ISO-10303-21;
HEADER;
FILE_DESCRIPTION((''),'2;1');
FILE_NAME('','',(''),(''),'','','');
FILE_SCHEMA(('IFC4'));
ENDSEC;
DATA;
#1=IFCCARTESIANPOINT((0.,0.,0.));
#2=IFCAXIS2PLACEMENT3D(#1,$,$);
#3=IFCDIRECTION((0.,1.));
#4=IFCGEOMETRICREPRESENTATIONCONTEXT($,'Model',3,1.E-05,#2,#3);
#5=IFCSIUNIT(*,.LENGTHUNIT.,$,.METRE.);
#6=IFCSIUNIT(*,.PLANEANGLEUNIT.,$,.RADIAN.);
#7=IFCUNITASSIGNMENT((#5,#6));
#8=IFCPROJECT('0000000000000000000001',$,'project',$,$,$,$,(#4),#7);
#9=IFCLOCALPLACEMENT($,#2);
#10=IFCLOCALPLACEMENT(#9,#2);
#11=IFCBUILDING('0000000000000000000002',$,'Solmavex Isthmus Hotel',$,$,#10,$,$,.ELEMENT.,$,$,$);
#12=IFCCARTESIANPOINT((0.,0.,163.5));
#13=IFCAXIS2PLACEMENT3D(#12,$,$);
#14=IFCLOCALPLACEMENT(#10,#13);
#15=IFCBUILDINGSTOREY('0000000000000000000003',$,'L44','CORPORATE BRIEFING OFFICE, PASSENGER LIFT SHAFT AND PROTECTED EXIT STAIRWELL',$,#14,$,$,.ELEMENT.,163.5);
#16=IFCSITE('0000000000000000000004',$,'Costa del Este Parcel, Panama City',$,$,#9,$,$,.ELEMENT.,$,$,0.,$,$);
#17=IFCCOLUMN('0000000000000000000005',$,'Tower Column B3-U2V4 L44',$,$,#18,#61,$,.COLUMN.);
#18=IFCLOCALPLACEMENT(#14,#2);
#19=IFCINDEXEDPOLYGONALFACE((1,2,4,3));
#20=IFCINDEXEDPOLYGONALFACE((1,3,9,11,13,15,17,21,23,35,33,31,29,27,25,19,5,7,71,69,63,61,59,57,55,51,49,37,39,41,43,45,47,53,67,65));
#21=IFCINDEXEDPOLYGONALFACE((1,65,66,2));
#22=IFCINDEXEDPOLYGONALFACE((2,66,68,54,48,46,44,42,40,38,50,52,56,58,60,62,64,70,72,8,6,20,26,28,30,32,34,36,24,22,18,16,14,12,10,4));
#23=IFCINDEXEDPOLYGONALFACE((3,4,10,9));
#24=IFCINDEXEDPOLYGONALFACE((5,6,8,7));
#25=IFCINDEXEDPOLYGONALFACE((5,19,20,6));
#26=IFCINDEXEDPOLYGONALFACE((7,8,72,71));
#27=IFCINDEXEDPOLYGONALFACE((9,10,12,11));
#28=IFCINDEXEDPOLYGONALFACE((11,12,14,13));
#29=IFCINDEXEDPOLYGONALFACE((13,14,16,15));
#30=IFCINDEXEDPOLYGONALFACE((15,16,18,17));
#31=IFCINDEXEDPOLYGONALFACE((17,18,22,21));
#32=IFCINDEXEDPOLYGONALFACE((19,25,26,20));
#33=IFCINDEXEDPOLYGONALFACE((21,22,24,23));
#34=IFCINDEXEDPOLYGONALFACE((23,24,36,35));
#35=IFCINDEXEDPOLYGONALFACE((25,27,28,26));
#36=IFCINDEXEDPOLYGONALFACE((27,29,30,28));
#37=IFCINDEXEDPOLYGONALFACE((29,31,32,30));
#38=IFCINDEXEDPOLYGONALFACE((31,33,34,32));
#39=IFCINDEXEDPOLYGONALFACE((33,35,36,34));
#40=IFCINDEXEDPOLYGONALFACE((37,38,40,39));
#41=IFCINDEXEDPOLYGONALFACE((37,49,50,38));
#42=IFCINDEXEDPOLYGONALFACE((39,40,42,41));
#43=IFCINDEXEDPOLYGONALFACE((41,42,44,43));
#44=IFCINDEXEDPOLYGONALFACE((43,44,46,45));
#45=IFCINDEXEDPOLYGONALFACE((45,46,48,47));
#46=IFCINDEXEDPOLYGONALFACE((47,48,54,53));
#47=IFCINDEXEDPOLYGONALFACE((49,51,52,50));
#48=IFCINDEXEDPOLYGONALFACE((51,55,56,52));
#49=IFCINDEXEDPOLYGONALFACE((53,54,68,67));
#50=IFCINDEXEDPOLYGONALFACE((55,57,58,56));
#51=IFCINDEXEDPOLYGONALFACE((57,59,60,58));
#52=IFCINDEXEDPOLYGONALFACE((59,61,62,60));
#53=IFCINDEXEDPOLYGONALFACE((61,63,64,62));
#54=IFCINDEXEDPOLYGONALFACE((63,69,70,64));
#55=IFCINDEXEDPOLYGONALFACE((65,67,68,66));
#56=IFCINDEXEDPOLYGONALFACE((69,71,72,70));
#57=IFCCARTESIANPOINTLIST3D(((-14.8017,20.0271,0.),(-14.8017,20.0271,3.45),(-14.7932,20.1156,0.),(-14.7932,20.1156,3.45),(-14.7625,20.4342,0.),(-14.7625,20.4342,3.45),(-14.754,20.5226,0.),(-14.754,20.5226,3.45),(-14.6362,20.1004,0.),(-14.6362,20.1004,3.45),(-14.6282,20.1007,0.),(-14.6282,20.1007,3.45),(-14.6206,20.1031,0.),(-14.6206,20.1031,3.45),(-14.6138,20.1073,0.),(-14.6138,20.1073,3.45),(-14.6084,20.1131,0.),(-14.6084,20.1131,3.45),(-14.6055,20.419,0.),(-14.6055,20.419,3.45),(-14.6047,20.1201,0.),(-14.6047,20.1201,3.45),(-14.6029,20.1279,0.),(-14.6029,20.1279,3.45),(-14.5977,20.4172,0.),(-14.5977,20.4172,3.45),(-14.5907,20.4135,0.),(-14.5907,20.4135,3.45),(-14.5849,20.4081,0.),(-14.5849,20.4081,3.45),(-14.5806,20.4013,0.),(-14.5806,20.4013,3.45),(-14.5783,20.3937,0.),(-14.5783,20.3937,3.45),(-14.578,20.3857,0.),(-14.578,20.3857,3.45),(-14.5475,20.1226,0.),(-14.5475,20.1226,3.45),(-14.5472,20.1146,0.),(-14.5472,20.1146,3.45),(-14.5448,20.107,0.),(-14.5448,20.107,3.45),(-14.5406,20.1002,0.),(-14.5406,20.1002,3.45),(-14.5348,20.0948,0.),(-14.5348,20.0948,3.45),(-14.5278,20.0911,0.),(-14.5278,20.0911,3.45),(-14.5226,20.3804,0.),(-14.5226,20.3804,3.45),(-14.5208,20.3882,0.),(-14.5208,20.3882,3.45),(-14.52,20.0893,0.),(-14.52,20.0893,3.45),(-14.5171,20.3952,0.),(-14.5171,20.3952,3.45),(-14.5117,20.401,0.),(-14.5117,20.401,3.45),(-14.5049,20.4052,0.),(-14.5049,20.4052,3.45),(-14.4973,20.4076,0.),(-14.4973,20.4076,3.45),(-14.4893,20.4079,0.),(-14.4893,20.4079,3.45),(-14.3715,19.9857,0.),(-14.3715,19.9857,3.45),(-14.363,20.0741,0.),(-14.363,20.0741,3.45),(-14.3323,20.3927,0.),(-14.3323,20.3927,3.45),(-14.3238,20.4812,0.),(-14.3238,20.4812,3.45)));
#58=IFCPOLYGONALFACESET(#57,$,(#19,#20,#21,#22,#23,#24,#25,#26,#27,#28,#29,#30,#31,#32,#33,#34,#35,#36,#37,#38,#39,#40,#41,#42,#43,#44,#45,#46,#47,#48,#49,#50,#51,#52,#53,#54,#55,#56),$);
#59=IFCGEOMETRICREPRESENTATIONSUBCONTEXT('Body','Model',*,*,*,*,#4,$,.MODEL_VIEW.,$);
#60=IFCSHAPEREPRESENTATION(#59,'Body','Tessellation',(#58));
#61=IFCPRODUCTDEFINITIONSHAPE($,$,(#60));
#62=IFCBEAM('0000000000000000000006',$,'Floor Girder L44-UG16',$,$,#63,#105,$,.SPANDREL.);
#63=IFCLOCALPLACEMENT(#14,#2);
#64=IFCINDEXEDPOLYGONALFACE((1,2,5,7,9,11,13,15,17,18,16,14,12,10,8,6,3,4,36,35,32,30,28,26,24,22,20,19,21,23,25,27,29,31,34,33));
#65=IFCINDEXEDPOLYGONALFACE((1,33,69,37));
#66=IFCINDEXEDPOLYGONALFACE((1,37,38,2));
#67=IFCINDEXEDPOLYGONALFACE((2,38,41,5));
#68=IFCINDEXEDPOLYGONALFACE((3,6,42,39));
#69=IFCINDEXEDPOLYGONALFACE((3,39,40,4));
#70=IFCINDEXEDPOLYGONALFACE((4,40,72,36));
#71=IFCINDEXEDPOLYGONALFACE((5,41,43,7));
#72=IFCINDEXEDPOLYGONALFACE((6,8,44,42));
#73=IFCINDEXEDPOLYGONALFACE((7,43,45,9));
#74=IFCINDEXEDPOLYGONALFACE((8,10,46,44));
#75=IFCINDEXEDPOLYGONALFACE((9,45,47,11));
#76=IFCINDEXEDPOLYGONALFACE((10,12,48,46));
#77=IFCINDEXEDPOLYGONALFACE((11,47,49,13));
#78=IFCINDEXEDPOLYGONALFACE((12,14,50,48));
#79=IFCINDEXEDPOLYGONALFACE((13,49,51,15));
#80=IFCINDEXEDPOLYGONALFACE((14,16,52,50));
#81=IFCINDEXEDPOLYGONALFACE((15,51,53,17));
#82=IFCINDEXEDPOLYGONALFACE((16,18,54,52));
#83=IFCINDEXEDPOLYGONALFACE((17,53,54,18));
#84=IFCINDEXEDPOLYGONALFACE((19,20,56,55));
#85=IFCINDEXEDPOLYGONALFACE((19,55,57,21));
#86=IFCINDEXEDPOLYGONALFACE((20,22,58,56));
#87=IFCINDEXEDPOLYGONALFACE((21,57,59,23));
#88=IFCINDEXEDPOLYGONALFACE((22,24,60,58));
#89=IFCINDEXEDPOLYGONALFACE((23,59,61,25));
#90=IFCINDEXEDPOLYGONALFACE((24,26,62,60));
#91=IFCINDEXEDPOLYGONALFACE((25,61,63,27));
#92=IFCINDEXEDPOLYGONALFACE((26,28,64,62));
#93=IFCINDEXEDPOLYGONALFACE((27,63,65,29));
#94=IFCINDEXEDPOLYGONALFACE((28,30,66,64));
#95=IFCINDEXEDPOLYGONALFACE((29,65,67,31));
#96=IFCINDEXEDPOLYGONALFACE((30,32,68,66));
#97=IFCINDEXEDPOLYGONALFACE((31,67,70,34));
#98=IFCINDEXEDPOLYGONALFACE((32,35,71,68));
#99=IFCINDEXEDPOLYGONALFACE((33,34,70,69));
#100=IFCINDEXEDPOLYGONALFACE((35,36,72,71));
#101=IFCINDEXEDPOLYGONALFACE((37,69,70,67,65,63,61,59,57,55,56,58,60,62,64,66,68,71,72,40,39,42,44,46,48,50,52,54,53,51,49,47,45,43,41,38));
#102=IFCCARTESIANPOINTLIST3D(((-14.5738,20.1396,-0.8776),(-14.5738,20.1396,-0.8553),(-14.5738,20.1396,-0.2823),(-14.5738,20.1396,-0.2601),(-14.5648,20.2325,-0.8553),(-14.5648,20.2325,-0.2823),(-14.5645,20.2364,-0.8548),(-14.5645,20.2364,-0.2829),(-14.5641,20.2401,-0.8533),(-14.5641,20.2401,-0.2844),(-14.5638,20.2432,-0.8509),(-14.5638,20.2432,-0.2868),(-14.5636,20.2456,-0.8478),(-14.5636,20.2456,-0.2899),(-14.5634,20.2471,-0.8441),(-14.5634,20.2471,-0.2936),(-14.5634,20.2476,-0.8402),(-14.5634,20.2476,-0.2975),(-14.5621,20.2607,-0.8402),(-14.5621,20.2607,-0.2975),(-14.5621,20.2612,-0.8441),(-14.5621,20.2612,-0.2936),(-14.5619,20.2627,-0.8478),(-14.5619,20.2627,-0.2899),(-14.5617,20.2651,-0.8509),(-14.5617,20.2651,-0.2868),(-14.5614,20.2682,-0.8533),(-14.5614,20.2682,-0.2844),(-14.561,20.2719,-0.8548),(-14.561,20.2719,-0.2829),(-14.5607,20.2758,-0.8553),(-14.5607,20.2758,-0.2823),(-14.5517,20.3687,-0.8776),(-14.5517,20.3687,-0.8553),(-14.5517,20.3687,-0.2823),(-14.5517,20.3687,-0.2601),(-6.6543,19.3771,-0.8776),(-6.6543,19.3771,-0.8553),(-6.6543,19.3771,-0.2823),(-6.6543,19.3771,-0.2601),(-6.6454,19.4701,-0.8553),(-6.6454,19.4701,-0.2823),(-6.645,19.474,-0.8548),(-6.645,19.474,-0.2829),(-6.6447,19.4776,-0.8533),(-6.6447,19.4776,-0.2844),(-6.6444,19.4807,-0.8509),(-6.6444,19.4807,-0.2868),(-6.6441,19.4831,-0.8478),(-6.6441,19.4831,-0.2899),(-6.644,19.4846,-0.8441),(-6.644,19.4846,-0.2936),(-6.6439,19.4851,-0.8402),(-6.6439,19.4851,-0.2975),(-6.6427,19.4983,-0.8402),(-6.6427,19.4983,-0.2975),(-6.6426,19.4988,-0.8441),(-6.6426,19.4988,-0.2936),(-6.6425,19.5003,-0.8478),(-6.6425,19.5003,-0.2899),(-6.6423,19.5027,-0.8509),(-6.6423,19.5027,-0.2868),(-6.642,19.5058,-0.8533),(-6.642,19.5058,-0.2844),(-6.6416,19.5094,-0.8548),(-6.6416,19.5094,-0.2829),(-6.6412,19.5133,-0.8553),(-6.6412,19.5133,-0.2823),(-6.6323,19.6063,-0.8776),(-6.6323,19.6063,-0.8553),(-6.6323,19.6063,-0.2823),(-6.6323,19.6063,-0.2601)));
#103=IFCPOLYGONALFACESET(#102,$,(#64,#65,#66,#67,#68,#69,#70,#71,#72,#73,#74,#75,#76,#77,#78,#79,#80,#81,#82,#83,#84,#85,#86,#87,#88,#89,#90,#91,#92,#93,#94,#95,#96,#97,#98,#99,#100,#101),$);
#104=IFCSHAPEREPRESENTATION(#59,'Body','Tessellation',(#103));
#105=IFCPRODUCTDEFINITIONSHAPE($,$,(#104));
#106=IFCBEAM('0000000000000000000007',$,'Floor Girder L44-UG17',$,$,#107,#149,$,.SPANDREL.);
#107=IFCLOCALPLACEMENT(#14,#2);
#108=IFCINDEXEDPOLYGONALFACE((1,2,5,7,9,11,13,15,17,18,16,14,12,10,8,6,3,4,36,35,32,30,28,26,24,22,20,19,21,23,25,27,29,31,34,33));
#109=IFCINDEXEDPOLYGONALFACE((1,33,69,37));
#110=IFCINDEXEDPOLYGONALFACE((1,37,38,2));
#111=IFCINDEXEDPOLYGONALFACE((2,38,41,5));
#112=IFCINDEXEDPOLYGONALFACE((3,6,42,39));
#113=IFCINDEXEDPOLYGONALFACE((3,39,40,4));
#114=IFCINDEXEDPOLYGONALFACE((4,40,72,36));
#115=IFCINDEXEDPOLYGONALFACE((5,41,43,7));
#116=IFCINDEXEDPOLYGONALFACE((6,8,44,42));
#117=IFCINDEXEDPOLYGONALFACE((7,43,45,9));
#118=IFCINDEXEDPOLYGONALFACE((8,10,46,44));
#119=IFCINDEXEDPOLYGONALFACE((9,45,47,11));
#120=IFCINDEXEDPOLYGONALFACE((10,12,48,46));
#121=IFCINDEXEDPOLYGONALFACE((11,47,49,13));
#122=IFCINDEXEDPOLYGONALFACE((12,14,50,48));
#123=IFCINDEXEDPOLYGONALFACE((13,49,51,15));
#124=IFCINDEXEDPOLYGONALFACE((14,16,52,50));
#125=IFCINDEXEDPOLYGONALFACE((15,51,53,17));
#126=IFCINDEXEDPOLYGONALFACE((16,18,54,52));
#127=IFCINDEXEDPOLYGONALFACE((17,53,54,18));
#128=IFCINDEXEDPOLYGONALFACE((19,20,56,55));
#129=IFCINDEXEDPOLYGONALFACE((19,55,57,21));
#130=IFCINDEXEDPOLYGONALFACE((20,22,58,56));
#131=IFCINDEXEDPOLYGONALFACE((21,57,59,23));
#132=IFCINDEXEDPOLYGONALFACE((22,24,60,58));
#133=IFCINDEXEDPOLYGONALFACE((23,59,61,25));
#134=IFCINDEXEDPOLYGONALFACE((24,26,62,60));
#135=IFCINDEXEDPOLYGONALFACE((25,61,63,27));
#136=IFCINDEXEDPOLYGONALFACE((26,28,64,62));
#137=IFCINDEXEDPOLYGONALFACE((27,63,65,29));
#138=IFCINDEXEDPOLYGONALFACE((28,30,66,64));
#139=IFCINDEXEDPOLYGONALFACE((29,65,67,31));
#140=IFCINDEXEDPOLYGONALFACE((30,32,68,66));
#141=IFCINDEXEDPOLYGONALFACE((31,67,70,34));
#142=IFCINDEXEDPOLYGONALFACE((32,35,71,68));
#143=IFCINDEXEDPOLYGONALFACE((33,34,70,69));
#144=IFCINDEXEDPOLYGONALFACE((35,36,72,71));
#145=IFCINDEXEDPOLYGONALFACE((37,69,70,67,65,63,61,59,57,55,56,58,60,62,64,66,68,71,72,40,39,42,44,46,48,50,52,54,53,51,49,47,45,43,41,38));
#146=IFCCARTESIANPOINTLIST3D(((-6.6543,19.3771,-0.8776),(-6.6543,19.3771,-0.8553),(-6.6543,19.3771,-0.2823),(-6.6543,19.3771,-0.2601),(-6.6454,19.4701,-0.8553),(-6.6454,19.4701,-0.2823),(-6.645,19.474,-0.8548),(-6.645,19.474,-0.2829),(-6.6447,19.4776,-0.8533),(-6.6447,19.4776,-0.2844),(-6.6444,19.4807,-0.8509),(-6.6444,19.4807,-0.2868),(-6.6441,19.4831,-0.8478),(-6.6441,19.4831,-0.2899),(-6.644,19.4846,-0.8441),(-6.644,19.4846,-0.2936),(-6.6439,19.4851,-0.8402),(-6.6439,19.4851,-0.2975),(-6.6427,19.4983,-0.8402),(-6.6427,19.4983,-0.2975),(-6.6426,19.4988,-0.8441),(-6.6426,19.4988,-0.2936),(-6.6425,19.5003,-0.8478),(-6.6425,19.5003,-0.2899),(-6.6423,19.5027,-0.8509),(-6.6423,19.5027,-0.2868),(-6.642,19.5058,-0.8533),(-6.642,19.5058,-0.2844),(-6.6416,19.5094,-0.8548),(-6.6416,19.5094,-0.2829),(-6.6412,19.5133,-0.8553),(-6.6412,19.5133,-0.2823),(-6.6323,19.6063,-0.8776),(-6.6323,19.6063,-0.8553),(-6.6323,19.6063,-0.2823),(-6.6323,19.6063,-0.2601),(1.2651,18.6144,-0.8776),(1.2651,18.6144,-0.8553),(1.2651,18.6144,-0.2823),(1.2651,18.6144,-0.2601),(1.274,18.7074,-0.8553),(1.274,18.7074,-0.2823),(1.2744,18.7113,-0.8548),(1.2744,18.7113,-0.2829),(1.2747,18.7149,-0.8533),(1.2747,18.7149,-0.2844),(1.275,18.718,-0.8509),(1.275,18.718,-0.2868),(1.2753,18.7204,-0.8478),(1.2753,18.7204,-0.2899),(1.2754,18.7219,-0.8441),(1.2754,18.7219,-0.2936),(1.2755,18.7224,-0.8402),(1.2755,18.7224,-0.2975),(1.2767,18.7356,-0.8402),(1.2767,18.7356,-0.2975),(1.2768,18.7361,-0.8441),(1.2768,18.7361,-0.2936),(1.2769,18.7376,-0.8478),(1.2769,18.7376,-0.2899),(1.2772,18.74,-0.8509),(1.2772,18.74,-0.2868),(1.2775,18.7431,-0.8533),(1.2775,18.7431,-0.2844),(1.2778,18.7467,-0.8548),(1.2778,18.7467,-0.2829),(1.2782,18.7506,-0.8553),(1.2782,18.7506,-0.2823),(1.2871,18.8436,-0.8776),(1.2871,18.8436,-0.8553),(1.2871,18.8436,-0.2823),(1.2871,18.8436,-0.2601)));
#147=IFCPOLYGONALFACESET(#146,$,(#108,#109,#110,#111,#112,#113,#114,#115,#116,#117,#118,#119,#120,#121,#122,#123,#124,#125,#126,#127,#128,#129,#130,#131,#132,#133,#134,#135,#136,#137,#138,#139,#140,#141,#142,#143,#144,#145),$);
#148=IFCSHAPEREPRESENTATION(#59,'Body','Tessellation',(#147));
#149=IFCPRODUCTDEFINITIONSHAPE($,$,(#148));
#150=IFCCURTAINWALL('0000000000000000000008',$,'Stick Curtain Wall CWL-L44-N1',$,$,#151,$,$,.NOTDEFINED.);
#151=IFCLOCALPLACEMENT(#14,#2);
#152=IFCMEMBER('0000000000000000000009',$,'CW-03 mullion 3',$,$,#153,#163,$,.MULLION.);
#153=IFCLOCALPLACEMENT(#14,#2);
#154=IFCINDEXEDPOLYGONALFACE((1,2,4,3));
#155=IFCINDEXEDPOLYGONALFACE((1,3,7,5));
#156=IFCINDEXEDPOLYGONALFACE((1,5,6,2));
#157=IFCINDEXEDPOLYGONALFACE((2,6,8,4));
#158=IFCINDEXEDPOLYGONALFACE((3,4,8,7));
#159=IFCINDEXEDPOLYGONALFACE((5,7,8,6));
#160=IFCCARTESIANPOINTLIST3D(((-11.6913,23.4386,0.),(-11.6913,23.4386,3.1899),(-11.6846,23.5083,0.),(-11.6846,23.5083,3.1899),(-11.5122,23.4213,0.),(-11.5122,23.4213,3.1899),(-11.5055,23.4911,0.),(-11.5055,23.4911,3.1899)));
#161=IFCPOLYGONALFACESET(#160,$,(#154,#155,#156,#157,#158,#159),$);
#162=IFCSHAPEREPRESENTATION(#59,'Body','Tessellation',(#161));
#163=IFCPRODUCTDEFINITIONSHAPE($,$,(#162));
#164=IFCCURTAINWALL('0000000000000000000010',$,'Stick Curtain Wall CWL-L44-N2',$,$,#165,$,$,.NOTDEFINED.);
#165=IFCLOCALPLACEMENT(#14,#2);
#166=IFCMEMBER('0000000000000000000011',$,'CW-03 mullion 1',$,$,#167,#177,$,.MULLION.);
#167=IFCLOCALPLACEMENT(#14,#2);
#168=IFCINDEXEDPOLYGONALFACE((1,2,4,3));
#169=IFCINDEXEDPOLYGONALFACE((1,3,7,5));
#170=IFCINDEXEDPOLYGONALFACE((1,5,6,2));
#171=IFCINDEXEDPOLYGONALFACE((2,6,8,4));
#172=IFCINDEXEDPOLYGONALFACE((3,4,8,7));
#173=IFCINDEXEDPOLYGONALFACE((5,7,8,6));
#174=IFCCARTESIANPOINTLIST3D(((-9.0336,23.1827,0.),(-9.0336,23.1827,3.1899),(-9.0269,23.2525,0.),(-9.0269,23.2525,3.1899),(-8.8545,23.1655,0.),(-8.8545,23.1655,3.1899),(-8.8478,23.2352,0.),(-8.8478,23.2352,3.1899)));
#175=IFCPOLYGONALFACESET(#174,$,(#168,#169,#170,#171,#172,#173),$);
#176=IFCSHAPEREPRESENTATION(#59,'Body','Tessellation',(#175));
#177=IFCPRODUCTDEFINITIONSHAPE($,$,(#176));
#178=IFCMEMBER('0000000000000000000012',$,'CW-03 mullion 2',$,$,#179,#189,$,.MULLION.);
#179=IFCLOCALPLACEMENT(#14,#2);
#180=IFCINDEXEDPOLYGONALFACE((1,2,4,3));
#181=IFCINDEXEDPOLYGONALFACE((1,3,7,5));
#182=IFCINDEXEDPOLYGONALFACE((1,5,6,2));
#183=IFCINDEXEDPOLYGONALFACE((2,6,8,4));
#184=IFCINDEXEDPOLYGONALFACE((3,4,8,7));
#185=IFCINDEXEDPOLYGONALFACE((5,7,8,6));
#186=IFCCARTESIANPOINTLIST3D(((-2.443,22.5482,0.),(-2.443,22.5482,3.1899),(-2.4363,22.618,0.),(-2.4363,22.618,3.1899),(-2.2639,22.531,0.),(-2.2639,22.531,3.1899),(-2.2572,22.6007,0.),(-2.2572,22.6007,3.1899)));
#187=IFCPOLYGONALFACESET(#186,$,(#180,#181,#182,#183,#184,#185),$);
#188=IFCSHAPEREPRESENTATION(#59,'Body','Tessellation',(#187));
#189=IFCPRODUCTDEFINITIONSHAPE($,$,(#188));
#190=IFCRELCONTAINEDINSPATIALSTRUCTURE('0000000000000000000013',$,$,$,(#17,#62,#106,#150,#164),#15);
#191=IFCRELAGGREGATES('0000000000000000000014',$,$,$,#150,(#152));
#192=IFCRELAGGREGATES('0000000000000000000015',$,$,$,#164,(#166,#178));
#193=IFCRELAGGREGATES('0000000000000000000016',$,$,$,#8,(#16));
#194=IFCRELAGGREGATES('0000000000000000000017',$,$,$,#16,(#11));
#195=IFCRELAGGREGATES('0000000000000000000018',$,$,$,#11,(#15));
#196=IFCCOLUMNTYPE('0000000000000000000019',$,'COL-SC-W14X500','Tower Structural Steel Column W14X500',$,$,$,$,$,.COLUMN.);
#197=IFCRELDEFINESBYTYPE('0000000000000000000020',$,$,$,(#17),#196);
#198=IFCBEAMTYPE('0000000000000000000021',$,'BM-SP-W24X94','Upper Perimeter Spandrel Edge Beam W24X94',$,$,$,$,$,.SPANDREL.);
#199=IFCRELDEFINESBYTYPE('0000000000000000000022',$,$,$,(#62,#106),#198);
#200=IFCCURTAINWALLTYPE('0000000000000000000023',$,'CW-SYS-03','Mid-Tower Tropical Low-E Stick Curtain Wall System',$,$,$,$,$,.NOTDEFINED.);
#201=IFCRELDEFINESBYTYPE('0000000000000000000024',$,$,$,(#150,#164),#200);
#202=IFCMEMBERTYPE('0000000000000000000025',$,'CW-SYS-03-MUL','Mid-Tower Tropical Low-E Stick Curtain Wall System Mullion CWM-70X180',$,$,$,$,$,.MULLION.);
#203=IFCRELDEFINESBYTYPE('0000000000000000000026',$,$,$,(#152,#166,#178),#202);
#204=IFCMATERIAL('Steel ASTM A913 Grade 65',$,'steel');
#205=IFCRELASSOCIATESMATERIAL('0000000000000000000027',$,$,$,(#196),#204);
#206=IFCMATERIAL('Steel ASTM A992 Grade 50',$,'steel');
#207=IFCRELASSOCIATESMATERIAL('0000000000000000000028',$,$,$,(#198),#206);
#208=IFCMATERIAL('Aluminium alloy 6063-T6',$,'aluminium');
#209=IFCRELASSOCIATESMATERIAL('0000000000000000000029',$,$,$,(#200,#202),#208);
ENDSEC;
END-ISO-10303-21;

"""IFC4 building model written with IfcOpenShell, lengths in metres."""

from ifc_helpers import new_model, si_unit, direction, frame, origin, origin_2d, place, context, subcontext, project, spatial, rectangle, i_section, extrude, material, material_profile, profile_set, type_object, element, aggregate, save


model = new_model("IFC4")

# Units and contexts
model_context = context("Model", 3, precision=1e-05, world=origin(), true_north=direction((0.0, 1.0)))
body_context = subcontext(model_context, "Body", "Model", "MODEL_VIEW")
ifc_project = project(units=[si_unit("LENGTHUNIT", "METRE"), si_unit("PLANEANGLEUNIT", "RADIAN")], contexts=[model_context])

# Site, building, storey
site_placement = place(None, origin())
site = spatial("IfcSite", under=ifc_project, at=site_placement, Name="Costa del Este Parcel, Panama City", CompositionType="ELEMENT", RefElevation=0.0)
building_placement = place(site_placement, origin())
building = spatial("IfcBuilding", under=site, at=building_placement, Name="Solmavex Isthmus Hotel", CompositionType="ELEMENT")
storey_placement = place(building_placement, frame((0.0, 0.0, 163.5)))
storey = spatial("IfcBuildingStorey", under=building, at=storey_placement, Name="L44", Description="CORPORATE BRIEFING OFFICE, PASSENGER LIFT SHAFT AND PROTECTED EXIT STAIRWELL", CompositionType="ELEMENT", Elevation=163.5)

# Column
ifc_material_1 = material(Name="Steel ASTM A913 Grade 65", Category="steel")
ifc_material_profile_1 = material_profile(ifc_material_1, i_section(OverallWidth=0.4321, OverallDepth=0.4978, WebThickness=0.0557, FlangeThickness=0.0889, FilletRadius=0.0305, at=origin_2d()), Name="W14X500")
ifc_profile_set_1 = profile_set([ifc_material_profile_1], Name="Steel ASTM A913 Grade 65")
column_type = type_object("IfcColumnType", Name="COL-SC-W14X500", Description="Tower Structural Steel Column W14X500", PredefinedType="COLUMN", material=ifc_profile_set_1)
column_placement = place(storey_placement, frame((-14.5627, 20.2542, 0.0), z_axis=(0.0, 0.0, 1.0), x_axis=(0.995396, -0.095846, 0.0)))
element("IfcColumn", 1, at=column_placement, inside=storey, type_object=column_type, Name="Tower Column B3-U2V4 L44", PredefinedType="COLUMN", context=body_context, shape_type="SweptSolid", body=[
    extrude(i_section(OverallWidth=0.4321, OverallDepth=0.4978, WebThickness=0.0557, FlangeThickness=0.0889, FilletRadius=0.0305, at=origin_2d()), origin(), (0.0, 0.0, 1.0), 3.45),
])

# Beams
ifc_material_2 = material(Name="Steel ASTM A992 Grade 50", Category="steel")
ifc_material_profile_2 = material_profile(ifc_material_2, i_section(OverallWidth=0.2302, OverallDepth=0.6174, WebThickness=0.0132, FlangeThickness=0.0222, FilletRadius=0.0151, at=origin_2d()), Name="W24X94")
ifc_profile_set_2 = profile_set([ifc_material_profile_2], Name="Steel ASTM A992 Grade 50")
beam_type = type_object("IfcBeamType", Name="BM-SP-W24X94", Description="Upper Perimeter Spandrel Edge Beam W24X94", PredefinedType="SPANDREL", material=ifc_profile_set_2)
for number, where, z_axis, x_axis, name in (
    (2, (-14.5627, 20.2542, -0.5688), (0.995397, -0.095833, 0.0), (0.095833, 0.995397, 0.0), "Floor Girder L44-UG16"),
    (3, (-6.6433, 19.4917, -0.5688), (0.995395, -0.095863, 0.0), (0.095863, 0.995395, 0.0), "Floor Girder L44-UG17"),
):
    element("IfcBeam", number, at=place(storey_placement, frame(where, z_axis=z_axis, x_axis=x_axis)), inside=storey, type_object=beam_type, Name=name, PredefinedType="SPANDREL", context=body_context, shape_type="SweptSolid", body=[
        extrude(i_section(OverallWidth=0.2302, OverallDepth=0.6174, WebThickness=0.0132, FlangeThickness=0.0222, FilletRadius=0.0151, at=origin_2d()), origin(), (0.0, 0.0, 1.0), 7.9561),
    ])

# Curtain wall, member
ifc_material_3 = material(Name="Aluminium alloy 6063-T6", Category="aluminium")
curtain_wall_type = type_object("IfcCurtainWallType", Name="CW-SYS-03", Description="Mid-Tower Tropical Low-E Stick Curtain Wall System", PredefinedType="NOTDEFINED", material=ifc_material_3)
curtain_wall_1_placement = place(storey_placement, origin())
curtain_wall_1 = element("IfcCurtainWall", 4, at=curtain_wall_1_placement, inside=storey, type_object=curtain_wall_type, Name="Stick Curtain Wall CWL-L44-N1", PredefinedType="NOTDEFINED")
ifc_material_profile_3 = material_profile(ifc_material_3, rectangle(XDim=0.0701, YDim=0.1799, at=origin_2d()), Name="CWM-70X180")
ifc_profile_set_3 = profile_set([ifc_material_profile_3], Name="Aluminium alloy 6063-T6")
member_type_1 = type_object("IfcMemberType", Name="CW-SYS-03-MUL", Description="Mid-Tower Tropical Low-E Stick Curtain Wall System Mullion CWM-70X180", PredefinedType="MULLION", material=ifc_profile_set_3)
member_1_placement = place(storey_placement, frame((-11.5984, 23.4648, 0.0), z_axis=(0.0, 0.0, 1.0), x_axis=(0.095846, 0.995396, 0.0)))
member_1 = element("IfcMember", 5, at=member_1_placement, type_object=member_type_1, Name="CW-03 mullion 3", PredefinedType="MULLION", context=body_context, shape_type="SweptSolid", body=[
    extrude(rectangle(XDim=0.0701, YDim=0.1799, at=origin_2d()), origin(), (0.0, 0.0, 1.0), 3.1899),
])

# Curtain wall, members
curtain_wall_2_placement = place(storey_placement, origin())
curtain_wall_2 = element("IfcCurtainWall", 6, at=curtain_wall_2_placement, inside=storey, type_object=curtain_wall_type, Name="Stick Curtain Wall CWL-L44-N2", PredefinedType="NOTDEFINED")
member_2_placement = place(storey_placement, frame((-8.9407, 23.209, 0.0), z_axis=(0.0, 0.0, 1.0), x_axis=(0.095845, 0.995396, 0.0)))
member_2 = element("IfcMember", 7, at=member_2_placement, type_object=member_type_1, Name="CW-03 mullion 1", PredefinedType="MULLION", context=body_context, shape_type="SweptSolid", body=[
    extrude(rectangle(XDim=0.0701, YDim=0.1799, at=origin_2d()), origin(), (0.0, 0.0, 1.0), 3.1899),
])
member_3_placement = place(storey_placement, frame((-2.3501, 22.5745, 0.0), z_axis=(0.0, 0.0, 1.0), x_axis=(0.095845, 0.995396, 0.0)))
member_3 = element("IfcMember", 8, at=member_3_placement, type_object=member_type_1, Name="CW-03 mullion 2", PredefinedType="MULLION", context=body_context, shape_type="SweptSolid", body=[
    extrude(rectangle(XDim=0.0701, YDim=0.1799, at=origin_2d()), origin(), (0.0, 0.0, 1.0), 3.1899),
])

aggregate(curtain_wall_1, [member_1])
aggregate(curtain_wall_2, [member_2, member_3])

save(model, "model.ifc")
